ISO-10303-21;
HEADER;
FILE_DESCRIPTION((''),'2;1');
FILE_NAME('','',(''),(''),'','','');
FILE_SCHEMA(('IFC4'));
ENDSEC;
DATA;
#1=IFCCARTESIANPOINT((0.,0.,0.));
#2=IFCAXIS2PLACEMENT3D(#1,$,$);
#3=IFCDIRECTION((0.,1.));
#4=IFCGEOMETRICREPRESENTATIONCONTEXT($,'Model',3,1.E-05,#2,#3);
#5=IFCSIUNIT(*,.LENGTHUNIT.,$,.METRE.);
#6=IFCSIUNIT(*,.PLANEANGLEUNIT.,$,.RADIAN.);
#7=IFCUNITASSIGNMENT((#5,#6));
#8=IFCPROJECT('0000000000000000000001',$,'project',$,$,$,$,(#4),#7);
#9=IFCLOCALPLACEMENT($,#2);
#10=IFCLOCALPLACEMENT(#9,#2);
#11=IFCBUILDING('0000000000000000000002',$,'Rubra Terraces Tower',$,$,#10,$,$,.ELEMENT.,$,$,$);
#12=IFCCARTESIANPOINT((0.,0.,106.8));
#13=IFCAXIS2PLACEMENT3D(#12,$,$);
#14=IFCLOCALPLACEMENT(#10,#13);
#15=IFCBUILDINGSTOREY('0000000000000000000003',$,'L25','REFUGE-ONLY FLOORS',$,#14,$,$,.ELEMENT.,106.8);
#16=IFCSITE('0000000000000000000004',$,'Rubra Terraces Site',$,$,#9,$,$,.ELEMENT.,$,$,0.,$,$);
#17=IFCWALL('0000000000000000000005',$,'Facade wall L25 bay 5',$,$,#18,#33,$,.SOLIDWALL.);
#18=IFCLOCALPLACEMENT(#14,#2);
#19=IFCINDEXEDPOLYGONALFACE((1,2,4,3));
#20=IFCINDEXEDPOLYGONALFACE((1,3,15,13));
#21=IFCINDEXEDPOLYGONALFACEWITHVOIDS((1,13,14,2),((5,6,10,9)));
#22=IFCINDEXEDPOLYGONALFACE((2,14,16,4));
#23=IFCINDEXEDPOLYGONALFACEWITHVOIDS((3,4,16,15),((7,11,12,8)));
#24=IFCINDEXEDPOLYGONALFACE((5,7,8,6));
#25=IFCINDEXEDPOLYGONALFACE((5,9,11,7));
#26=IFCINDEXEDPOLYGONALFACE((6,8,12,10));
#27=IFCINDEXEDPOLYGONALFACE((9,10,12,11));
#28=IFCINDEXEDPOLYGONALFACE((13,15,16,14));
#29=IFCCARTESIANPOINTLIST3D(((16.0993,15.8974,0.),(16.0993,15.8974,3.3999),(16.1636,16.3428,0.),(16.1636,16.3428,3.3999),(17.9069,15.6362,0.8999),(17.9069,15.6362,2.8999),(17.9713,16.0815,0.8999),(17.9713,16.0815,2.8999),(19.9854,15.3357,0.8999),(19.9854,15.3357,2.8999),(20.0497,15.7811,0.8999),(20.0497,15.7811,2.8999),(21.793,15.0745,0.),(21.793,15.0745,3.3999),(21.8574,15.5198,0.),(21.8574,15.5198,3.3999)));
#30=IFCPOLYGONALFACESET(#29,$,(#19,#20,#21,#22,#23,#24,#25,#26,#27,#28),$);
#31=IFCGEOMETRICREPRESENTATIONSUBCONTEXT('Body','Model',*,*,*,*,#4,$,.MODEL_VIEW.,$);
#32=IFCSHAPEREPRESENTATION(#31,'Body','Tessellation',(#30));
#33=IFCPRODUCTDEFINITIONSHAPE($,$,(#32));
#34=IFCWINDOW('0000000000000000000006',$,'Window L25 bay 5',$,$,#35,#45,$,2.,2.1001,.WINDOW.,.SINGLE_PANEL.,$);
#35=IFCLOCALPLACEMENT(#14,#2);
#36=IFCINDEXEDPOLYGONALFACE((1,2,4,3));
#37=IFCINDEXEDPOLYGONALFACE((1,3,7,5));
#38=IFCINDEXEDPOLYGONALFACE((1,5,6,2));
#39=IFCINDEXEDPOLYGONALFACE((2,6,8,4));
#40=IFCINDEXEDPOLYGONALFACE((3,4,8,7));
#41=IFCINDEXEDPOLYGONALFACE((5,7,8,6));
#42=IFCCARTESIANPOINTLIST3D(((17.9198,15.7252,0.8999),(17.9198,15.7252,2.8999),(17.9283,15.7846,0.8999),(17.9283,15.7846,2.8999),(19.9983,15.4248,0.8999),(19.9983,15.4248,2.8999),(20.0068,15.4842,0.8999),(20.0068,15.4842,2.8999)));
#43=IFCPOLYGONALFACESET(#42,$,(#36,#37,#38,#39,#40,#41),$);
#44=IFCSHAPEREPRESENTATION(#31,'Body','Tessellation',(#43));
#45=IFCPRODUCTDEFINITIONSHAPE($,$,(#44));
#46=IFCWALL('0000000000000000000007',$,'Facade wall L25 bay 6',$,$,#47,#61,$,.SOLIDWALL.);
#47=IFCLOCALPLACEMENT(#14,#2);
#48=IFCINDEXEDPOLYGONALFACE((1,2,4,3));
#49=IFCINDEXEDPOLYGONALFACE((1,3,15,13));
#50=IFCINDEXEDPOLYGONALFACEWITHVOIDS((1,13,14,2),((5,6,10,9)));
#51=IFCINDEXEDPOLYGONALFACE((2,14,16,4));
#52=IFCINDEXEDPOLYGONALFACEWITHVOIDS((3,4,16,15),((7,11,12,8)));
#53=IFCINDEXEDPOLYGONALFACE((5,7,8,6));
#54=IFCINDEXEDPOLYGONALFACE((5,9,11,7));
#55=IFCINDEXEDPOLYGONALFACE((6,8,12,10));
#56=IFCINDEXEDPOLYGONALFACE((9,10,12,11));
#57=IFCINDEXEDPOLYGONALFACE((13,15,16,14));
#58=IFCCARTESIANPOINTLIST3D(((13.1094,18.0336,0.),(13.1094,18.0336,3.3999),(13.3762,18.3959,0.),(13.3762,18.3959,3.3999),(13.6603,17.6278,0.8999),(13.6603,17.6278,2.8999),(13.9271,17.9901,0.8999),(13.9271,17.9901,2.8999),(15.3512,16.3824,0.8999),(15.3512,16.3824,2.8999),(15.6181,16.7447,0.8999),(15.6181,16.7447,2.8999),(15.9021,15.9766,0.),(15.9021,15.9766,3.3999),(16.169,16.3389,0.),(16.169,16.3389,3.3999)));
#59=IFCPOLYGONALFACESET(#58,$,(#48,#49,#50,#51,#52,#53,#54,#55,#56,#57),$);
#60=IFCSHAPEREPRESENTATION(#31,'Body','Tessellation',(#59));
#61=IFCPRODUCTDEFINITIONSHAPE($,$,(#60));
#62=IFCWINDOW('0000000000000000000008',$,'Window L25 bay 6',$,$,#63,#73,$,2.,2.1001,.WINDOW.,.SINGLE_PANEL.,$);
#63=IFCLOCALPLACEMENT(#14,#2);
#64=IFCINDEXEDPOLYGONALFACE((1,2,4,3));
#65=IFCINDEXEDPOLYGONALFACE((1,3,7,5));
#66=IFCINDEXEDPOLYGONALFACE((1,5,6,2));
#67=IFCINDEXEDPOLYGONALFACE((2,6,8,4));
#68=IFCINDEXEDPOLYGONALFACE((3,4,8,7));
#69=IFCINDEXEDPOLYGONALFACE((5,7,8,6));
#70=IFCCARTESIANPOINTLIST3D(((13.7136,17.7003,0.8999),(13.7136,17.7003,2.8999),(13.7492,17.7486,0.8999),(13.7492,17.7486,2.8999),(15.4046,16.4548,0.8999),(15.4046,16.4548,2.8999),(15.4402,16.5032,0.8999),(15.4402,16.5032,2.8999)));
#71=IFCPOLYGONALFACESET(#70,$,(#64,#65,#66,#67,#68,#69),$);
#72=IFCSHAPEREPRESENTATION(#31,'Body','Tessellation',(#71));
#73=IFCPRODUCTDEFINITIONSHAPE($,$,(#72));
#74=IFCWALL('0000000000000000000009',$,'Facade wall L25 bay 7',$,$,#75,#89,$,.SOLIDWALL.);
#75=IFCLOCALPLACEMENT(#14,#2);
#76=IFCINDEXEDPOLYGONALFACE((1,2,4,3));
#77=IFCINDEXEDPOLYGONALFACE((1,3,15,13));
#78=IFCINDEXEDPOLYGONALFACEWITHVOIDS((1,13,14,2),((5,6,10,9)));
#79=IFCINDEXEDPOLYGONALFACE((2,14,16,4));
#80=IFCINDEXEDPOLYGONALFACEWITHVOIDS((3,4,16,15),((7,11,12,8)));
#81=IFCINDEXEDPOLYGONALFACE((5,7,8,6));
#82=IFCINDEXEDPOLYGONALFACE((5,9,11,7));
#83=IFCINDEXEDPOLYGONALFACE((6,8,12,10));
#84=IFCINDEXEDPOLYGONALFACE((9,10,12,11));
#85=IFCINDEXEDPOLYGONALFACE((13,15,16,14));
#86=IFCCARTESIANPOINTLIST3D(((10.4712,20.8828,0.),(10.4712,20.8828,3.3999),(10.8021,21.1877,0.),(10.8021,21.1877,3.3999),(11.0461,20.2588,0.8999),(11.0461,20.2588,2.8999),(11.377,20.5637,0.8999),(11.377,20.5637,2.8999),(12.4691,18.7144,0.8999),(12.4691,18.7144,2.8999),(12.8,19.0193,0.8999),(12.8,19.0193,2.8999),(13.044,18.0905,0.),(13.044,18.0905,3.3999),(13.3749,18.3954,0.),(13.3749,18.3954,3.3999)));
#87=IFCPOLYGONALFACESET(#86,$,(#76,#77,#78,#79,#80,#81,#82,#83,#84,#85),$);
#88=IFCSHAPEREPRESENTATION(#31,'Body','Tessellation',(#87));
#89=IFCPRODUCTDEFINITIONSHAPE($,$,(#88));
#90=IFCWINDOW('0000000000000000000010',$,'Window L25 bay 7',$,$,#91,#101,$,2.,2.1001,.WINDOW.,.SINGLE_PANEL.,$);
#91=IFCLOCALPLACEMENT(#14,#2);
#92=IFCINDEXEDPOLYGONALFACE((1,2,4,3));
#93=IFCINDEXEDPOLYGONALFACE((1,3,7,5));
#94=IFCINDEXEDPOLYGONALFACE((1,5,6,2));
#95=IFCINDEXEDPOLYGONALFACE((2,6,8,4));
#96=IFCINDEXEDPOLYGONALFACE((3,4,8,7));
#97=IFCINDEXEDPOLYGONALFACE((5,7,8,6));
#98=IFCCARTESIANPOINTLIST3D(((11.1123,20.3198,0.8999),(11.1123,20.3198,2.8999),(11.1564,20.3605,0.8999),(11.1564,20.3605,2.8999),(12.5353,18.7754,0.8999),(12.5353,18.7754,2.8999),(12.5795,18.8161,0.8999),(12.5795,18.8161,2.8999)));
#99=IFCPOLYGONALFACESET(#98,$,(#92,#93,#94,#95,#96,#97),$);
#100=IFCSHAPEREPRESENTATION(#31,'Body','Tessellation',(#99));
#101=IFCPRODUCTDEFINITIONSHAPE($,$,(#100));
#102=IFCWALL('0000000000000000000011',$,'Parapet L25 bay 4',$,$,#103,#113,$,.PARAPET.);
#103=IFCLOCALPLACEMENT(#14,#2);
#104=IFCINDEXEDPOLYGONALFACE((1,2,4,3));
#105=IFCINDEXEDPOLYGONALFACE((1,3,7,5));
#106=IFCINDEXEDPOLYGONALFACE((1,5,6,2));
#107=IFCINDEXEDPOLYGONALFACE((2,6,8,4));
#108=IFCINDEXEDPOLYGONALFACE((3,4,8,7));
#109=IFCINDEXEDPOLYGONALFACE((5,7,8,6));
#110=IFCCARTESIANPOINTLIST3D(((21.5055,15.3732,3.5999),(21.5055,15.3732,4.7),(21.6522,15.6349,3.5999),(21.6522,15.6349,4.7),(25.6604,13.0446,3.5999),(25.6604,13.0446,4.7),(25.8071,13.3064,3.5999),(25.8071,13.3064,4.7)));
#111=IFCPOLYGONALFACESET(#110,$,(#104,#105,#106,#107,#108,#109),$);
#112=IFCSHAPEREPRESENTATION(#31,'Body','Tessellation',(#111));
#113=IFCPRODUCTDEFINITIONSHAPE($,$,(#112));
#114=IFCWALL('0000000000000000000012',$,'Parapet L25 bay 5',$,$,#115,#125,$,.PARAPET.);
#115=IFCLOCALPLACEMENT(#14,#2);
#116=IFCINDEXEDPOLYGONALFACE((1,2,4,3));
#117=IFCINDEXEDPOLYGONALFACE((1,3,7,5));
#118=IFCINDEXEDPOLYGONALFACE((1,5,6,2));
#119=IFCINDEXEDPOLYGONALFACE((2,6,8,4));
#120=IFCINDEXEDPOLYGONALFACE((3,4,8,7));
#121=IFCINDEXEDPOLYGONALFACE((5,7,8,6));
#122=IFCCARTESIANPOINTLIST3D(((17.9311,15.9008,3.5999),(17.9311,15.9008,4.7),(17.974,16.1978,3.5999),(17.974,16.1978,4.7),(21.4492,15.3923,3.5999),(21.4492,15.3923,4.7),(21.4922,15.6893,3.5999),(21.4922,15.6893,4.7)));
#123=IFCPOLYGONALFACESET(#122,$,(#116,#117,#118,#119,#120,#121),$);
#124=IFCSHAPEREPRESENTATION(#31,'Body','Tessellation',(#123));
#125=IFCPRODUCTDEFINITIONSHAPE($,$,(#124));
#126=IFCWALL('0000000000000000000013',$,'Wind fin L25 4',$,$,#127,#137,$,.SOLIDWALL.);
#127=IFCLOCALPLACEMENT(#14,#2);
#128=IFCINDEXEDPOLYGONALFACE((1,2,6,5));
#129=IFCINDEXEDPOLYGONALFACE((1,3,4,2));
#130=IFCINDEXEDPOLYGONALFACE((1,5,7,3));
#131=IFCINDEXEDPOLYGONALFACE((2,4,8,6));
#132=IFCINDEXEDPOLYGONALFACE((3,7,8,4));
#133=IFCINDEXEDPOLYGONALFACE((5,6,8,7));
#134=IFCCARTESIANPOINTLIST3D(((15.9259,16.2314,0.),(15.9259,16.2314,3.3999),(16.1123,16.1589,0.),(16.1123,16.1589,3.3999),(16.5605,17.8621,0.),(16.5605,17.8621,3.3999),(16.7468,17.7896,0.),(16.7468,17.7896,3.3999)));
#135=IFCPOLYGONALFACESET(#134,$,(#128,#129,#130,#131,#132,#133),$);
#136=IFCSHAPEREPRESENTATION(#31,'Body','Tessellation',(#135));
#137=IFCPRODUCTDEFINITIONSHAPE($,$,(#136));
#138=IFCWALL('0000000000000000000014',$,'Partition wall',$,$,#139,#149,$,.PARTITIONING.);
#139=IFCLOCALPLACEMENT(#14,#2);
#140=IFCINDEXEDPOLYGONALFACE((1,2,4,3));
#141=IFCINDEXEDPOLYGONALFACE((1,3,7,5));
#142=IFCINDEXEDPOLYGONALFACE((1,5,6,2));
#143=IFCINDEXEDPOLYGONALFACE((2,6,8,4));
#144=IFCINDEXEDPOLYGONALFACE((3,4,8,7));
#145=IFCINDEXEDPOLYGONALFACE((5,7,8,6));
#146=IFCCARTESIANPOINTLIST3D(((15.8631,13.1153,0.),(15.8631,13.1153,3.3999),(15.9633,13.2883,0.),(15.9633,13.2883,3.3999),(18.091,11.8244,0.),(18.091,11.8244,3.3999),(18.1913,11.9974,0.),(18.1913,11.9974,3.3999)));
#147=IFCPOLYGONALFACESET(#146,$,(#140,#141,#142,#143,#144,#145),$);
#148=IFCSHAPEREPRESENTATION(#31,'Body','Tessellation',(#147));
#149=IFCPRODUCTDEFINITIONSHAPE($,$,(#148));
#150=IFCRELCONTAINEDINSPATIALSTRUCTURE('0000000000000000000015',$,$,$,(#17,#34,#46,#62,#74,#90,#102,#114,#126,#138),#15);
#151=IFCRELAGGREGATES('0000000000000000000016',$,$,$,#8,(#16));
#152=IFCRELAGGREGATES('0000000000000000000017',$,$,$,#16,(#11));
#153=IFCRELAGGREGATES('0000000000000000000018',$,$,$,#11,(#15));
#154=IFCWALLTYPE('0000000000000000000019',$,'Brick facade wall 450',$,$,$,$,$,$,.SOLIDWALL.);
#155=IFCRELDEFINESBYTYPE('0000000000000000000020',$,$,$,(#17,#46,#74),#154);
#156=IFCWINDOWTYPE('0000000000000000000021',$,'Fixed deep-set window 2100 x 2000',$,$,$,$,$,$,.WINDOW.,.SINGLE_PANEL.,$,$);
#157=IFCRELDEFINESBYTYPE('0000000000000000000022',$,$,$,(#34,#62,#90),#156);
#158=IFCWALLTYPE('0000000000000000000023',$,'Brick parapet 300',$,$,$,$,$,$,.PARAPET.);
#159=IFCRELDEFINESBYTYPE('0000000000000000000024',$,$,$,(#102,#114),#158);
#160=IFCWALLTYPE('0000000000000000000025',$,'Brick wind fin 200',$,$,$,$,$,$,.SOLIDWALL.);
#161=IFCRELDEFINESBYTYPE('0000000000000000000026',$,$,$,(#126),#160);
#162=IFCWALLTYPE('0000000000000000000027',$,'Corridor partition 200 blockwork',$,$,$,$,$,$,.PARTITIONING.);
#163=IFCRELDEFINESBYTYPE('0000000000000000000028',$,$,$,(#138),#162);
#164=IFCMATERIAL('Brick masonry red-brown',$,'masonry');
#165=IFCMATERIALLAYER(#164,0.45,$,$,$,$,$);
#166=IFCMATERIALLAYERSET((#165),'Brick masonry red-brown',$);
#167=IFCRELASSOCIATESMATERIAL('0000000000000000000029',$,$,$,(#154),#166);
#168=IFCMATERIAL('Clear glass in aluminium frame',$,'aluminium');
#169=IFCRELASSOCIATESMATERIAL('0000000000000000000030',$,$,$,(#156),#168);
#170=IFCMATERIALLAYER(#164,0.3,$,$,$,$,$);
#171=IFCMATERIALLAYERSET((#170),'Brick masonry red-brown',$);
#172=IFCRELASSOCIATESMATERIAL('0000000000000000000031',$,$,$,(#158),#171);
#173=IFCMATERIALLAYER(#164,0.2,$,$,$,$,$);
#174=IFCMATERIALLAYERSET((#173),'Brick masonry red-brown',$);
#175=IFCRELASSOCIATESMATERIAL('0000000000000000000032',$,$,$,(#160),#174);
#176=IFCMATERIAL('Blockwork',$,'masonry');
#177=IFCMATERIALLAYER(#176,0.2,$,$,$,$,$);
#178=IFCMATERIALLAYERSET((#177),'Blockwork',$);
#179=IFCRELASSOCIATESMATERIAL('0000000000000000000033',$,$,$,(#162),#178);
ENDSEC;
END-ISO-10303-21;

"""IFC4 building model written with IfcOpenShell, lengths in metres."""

from ifc_helpers import new_model, si_unit, direction, frame, frame_2d, origin, place, context, subcontext, project, spatial, rectangle, extrude, material, layer, layer_set, type_object, element, fill, save


model = new_model("IFC4")

# Units and contexts
model_context = context("Model", 3, precision=1e-05, world=origin(), true_north=direction((0.0, 1.0)))
body_context = subcontext(model_context, "Body", "Model", "MODEL_VIEW")
ifc_project = project(units=[si_unit("LENGTHUNIT", "METRE"), si_unit("PLANEANGLEUNIT", "RADIAN")], contexts=[model_context])

# Site, building, storey
site_placement = place(None, origin())
site = spatial("IfcSite", under=ifc_project, at=site_placement, Name="Rubra Terraces Site", CompositionType="ELEMENT", RefElevation=0.0)
building_placement = place(site_placement, origin())
building = spatial("IfcBuilding", under=site, at=building_placement, Name="Rubra Terraces Tower", CompositionType="ELEMENT")
storey_placement = place(building_placement, frame((0.0, 0.0, 106.8)))
storey = spatial("IfcBuildingStorey", under=building, at=storey_placement, Name="L25", Description="REFUGE-ONLY FLOORS", CompositionType="ELEMENT", Elevation=106.8)

# Shared definitions
ifc_material_1 = material(Name="Brick masonry red-brown", Category="masonry")

# Walls, openings, windows
ifc_layer_1 = layer(ifc_material_1, 0.45)
ifc_layer_set_1 = layer_set([ifc_layer_1], Name="Brick masonry red-brown")
wall_type_1 = type_object("IfcWallType", Name="Brick facade wall 450", PredefinedType="SOLIDWALL", material=ifc_layer_set_1)
wall_1_placement = place(storey_placement, frame((21.8252, 15.2971, 0.0), z_axis=(0.0, 0.0, 1.0), x_axis=(-0.989715, 0.143055, 0.0)))
wall_1 = element("IfcWall", 1, at=wall_1_placement, inside=storey, type_object=wall_type_1, Name="Facade wall L25 bay 5", PredefinedType="SOLIDWALL", context=body_context, shape_type="SweptSolid", body=[
    extrude(rectangle(XDim=5.7529, YDim=0.45, at=frame_2d((2.8765, 0.0))), origin(), (0.0, 0.0, 1.0), 3.3999),
])
opening_1_placement = place(wall_1_placement, frame((1.8264, 0.0, 0.8999)))
opening_1 = element("IfcOpeningElement", 2, at=opening_1_placement, cuts=wall_1, PredefinedType="OPENING", context=body_context, shape_type="SweptSolid", body=[
    extrude(rectangle(XDim=2.1001, YDim=2.0, at=frame_2d((1.05, 1.0))), frame((0.0, 0.2349, 0.0), z_axis=(0.0, -1.0, 0.0), x_axis=(1.0, 0.0, 0.0)), (0.0, 0.0, 1.0), 0.47),
])
ifc_material_2 = material(Name="Clear glass in aluminium frame", Category="aluminium")
window_type = type_object("IfcWindowType", Name="Fixed deep-set window 2100 x 2000", PartitioningType="SINGLE_PANEL", PredefinedType="WINDOW", material=ifc_material_2)
window_1_placement = place(opening_1_placement, origin())
window_1 = element("IfcWindow", 3, at=window_1_placement, inside=storey, type_object=window_type, Name="Window L25 bay 5", OverallHeight=2.0, OverallWidth=2.1001, PartitioningType="SINGLE_PANEL", PredefinedType="WINDOW", context=body_context, shape_type="SweptSolid", body=[
    extrude(rectangle(XDim=2.1001, YDim=2.0, at=frame_2d((1.05, 1.0))), frame((0.0, 0.135, 0.0), z_axis=(0.0, -1.0, 0.0), x_axis=(1.0, 0.0, 0.0)), (0.0, 0.0, 1.0), 0.0601),
])
fill(opening_1, window_1)
wall_2_placement = place(storey_placement, frame((16.0356, 16.1577, 0.0), z_axis=(0.0, 0.0, 1.0), x_axis=(-0.805181, 0.593029, 0.0)))
wall_2 = element("IfcWall", 4, at=wall_2_placement, inside=storey, type_object=wall_type_1, Name="Facade wall L25 bay 6", PredefinedType="SOLIDWALL", context=body_context, shape_type="SweptSolid", body=[
    extrude(rectangle(XDim=3.4685, YDim=0.45, at=frame_2d((1.7344, 0.0))), origin(), (0.0, 0.0, 1.0), 3.3999),
])
opening_2_placement = place(wall_2_placement, frame((0.6843, 0.0, 0.8999)))
opening_2 = element("IfcOpeningElement", 5, at=opening_2_placement, cuts=wall_2, PredefinedType="OPENING", context=body_context, shape_type="SweptSolid", body=[
    extrude(rectangle(XDim=2.1001, YDim=2.0, at=frame_2d((1.05, 1.0))), frame((0.0, 0.2349, 0.0), z_axis=(0.0, -1.0, 0.0), x_axis=(1.0, 0.0, 0.0)), (0.0, 0.0, 1.0), 0.47),
])
window_2_placement = place(opening_2_placement, origin())
window_2 = element("IfcWindow", 6, at=window_2_placement, inside=storey, type_object=window_type, Name="Window L25 bay 6", OverallHeight=2.0, OverallWidth=2.1001, PartitioningType="SINGLE_PANEL", PredefinedType="WINDOW", context=body_context, shape_type="SweptSolid", body=[
    extrude(rectangle(XDim=2.1001, YDim=2.0, at=frame_2d((1.05, 1.0))), frame((0.0, 0.135, 0.0), z_axis=(0.0, -1.0, 0.0), x_axis=(1.0, 0.0, 0.0)), (0.0, 0.0, 1.0), 0.0601),
])
fill(opening_2, window_2)
wall_3_placement = place(storey_placement, frame((13.2095, 18.2429, 0.0), z_axis=(0.0, 0.0, 1.0), x_axis=(-0.677612, 0.735419, 0.0)))
wall_3 = element("IfcWall", 7, at=wall_3_placement, inside=storey, type_object=wall_type_1, Name="Facade wall L25 bay 7", PredefinedType="SOLIDWALL", context=body_context, shape_type="SweptSolid", body=[
    extrude(rectangle(XDim=3.7969, YDim=0.45, at=frame_2d((1.8984, 0.0))), origin(), (0.0, 0.0, 1.0), 3.3999),
])
opening_3_placement = place(wall_3_placement, frame((0.8484, 0.0, 0.8999)))
opening_3 = element("IfcOpeningElement", 8, at=opening_3_placement, cuts=wall_3, PredefinedType="OPENING", context=body_context, shape_type="SweptSolid", body=[
    extrude(rectangle(XDim=2.1001, YDim=2.0, at=frame_2d((1.05, 1.0))), frame((0.0, 0.2349, 0.0), z_axis=(0.0, -1.0, 0.0), x_axis=(1.0, 0.0, 0.0)), (0.0, 0.0, 1.0), 0.47),
])
window_3_placement = place(opening_3_placement, origin())
window_3 = element("IfcWindow", 9, at=window_3_placement, inside=storey, type_object=window_type, Name="Window L25 bay 7", OverallHeight=2.0, OverallWidth=2.1001, PartitioningType="SINGLE_PANEL", PredefinedType="WINDOW", context=body_context, shape_type="SweptSolid", body=[
    extrude(rectangle(XDim=2.1001, YDim=2.0, at=frame_2d((1.05, 1.0))), frame((0.0, 0.135, 0.0), z_axis=(0.0, -1.0, 0.0), x_axis=(1.0, 0.0, 0.0)), (0.0, 0.0, 1.0), 0.0601),
])
fill(opening_3, window_3)

# Walls
ifc_layer_2 = layer(ifc_material_1, 0.3)
ifc_layer_set_2 = layer_set([ifc_layer_2], Name="Brick masonry red-brown")
wall_type_2 = type_object("IfcWallType", Name="Brick parapet 300", PredefinedType="PARAPET", material=ifc_layer_set_2)
wall_4_placement = place(storey_placement, frame((25.7336, 13.1755, 3.5999), z_axis=(0.0, 0.0, 1.0), x_axis=(-0.872345, 0.488891, 0.0)))
element("IfcWall", 10, at=wall_4_placement, inside=storey, type_object=wall_type_2, Name="Parapet L25 bay 4", PredefinedType="PARAPET", context=body_context, shape_type="SweptSolid", body=[
    extrude(rectangle(XDim=4.7629, YDim=0.3, at=frame_2d((2.3813, 0.0))), origin(), (0.0, 0.0, 1.0), 1.1001),
])
wall_5_placement = place(storey_placement, frame((21.4707, 15.5408, 3.5999), z_axis=(0.0, 0.0, 1.0), x_axis=(-0.989713, 0.143065, 0.0)))
element("IfcWall", 11, at=wall_5_placement, inside=storey, type_object=wall_type_2, Name="Parapet L25 bay 5", PredefinedType="PARAPET", context=body_context, shape_type="SweptSolid", body=[
    extrude(rectangle(XDim=3.5547, YDim=0.3, at=frame_2d((1.7773, 0.0))), origin(), (0.0, 0.0, 1.0), 1.1001),
])
ifc_layer_3 = layer(ifc_material_1, 0.2)
ifc_layer_set_3 = layer_set([ifc_layer_3], Name="Brick masonry red-brown")
wall_type_3 = type_object("IfcWallType", Name="Brick wind fin 200", PredefinedType="SOLIDWALL", material=ifc_layer_set_3)
wall_6_placement = place(storey_placement, frame((16.019, 16.1951, 0.0), z_axis=(0.0, 0.0, 1.0), x_axis=(0.362642, 0.931929, 0.0)))
element("IfcWall", 12, at=wall_6_placement, inside=storey, type_object=wall_type_3, Name="Wind fin L25 4", PredefinedType="SOLIDWALL", context=body_context, shape_type="SweptSolid", body=[
    extrude(rectangle(XDim=1.7498, YDim=0.2, at=frame_2d((0.875, 0.0))), origin(), (0.0, 0.0, 1.0), 3.3999),
])
ifc_material_3 = material(Name="Blockwork", Category="masonry")
ifc_layer_4 = layer(ifc_material_3, 0.2)
ifc_layer_set_4 = layer_set([ifc_layer_4], Name="Blockwork")
wall_type_4 = type_object("IfcWallType", Name="Corridor partition 200 blockwork", PredefinedType="PARTITIONING", material=ifc_layer_set_4)
wall_7_placement = place(storey_placement, frame((15.9131, 13.2019, 0.0), z_axis=(0.0, 0.0, 1.0), x_axis=(0.86524, -0.501358, 0.0)))
element("IfcWall", 13, at=wall_7_placement, inside=storey, type_object=wall_type_4, Name="Partition wall", PredefinedType="PARTITIONING", context=body_context, shape_type="SweptSolid", body=[
    extrude(rectangle(XDim=2.575, YDim=0.2, at=frame_2d((1.2876, 0.0))), origin(), (0.0, 0.0, 1.0), 3.3999),
])

save(model, "model.ifc")
